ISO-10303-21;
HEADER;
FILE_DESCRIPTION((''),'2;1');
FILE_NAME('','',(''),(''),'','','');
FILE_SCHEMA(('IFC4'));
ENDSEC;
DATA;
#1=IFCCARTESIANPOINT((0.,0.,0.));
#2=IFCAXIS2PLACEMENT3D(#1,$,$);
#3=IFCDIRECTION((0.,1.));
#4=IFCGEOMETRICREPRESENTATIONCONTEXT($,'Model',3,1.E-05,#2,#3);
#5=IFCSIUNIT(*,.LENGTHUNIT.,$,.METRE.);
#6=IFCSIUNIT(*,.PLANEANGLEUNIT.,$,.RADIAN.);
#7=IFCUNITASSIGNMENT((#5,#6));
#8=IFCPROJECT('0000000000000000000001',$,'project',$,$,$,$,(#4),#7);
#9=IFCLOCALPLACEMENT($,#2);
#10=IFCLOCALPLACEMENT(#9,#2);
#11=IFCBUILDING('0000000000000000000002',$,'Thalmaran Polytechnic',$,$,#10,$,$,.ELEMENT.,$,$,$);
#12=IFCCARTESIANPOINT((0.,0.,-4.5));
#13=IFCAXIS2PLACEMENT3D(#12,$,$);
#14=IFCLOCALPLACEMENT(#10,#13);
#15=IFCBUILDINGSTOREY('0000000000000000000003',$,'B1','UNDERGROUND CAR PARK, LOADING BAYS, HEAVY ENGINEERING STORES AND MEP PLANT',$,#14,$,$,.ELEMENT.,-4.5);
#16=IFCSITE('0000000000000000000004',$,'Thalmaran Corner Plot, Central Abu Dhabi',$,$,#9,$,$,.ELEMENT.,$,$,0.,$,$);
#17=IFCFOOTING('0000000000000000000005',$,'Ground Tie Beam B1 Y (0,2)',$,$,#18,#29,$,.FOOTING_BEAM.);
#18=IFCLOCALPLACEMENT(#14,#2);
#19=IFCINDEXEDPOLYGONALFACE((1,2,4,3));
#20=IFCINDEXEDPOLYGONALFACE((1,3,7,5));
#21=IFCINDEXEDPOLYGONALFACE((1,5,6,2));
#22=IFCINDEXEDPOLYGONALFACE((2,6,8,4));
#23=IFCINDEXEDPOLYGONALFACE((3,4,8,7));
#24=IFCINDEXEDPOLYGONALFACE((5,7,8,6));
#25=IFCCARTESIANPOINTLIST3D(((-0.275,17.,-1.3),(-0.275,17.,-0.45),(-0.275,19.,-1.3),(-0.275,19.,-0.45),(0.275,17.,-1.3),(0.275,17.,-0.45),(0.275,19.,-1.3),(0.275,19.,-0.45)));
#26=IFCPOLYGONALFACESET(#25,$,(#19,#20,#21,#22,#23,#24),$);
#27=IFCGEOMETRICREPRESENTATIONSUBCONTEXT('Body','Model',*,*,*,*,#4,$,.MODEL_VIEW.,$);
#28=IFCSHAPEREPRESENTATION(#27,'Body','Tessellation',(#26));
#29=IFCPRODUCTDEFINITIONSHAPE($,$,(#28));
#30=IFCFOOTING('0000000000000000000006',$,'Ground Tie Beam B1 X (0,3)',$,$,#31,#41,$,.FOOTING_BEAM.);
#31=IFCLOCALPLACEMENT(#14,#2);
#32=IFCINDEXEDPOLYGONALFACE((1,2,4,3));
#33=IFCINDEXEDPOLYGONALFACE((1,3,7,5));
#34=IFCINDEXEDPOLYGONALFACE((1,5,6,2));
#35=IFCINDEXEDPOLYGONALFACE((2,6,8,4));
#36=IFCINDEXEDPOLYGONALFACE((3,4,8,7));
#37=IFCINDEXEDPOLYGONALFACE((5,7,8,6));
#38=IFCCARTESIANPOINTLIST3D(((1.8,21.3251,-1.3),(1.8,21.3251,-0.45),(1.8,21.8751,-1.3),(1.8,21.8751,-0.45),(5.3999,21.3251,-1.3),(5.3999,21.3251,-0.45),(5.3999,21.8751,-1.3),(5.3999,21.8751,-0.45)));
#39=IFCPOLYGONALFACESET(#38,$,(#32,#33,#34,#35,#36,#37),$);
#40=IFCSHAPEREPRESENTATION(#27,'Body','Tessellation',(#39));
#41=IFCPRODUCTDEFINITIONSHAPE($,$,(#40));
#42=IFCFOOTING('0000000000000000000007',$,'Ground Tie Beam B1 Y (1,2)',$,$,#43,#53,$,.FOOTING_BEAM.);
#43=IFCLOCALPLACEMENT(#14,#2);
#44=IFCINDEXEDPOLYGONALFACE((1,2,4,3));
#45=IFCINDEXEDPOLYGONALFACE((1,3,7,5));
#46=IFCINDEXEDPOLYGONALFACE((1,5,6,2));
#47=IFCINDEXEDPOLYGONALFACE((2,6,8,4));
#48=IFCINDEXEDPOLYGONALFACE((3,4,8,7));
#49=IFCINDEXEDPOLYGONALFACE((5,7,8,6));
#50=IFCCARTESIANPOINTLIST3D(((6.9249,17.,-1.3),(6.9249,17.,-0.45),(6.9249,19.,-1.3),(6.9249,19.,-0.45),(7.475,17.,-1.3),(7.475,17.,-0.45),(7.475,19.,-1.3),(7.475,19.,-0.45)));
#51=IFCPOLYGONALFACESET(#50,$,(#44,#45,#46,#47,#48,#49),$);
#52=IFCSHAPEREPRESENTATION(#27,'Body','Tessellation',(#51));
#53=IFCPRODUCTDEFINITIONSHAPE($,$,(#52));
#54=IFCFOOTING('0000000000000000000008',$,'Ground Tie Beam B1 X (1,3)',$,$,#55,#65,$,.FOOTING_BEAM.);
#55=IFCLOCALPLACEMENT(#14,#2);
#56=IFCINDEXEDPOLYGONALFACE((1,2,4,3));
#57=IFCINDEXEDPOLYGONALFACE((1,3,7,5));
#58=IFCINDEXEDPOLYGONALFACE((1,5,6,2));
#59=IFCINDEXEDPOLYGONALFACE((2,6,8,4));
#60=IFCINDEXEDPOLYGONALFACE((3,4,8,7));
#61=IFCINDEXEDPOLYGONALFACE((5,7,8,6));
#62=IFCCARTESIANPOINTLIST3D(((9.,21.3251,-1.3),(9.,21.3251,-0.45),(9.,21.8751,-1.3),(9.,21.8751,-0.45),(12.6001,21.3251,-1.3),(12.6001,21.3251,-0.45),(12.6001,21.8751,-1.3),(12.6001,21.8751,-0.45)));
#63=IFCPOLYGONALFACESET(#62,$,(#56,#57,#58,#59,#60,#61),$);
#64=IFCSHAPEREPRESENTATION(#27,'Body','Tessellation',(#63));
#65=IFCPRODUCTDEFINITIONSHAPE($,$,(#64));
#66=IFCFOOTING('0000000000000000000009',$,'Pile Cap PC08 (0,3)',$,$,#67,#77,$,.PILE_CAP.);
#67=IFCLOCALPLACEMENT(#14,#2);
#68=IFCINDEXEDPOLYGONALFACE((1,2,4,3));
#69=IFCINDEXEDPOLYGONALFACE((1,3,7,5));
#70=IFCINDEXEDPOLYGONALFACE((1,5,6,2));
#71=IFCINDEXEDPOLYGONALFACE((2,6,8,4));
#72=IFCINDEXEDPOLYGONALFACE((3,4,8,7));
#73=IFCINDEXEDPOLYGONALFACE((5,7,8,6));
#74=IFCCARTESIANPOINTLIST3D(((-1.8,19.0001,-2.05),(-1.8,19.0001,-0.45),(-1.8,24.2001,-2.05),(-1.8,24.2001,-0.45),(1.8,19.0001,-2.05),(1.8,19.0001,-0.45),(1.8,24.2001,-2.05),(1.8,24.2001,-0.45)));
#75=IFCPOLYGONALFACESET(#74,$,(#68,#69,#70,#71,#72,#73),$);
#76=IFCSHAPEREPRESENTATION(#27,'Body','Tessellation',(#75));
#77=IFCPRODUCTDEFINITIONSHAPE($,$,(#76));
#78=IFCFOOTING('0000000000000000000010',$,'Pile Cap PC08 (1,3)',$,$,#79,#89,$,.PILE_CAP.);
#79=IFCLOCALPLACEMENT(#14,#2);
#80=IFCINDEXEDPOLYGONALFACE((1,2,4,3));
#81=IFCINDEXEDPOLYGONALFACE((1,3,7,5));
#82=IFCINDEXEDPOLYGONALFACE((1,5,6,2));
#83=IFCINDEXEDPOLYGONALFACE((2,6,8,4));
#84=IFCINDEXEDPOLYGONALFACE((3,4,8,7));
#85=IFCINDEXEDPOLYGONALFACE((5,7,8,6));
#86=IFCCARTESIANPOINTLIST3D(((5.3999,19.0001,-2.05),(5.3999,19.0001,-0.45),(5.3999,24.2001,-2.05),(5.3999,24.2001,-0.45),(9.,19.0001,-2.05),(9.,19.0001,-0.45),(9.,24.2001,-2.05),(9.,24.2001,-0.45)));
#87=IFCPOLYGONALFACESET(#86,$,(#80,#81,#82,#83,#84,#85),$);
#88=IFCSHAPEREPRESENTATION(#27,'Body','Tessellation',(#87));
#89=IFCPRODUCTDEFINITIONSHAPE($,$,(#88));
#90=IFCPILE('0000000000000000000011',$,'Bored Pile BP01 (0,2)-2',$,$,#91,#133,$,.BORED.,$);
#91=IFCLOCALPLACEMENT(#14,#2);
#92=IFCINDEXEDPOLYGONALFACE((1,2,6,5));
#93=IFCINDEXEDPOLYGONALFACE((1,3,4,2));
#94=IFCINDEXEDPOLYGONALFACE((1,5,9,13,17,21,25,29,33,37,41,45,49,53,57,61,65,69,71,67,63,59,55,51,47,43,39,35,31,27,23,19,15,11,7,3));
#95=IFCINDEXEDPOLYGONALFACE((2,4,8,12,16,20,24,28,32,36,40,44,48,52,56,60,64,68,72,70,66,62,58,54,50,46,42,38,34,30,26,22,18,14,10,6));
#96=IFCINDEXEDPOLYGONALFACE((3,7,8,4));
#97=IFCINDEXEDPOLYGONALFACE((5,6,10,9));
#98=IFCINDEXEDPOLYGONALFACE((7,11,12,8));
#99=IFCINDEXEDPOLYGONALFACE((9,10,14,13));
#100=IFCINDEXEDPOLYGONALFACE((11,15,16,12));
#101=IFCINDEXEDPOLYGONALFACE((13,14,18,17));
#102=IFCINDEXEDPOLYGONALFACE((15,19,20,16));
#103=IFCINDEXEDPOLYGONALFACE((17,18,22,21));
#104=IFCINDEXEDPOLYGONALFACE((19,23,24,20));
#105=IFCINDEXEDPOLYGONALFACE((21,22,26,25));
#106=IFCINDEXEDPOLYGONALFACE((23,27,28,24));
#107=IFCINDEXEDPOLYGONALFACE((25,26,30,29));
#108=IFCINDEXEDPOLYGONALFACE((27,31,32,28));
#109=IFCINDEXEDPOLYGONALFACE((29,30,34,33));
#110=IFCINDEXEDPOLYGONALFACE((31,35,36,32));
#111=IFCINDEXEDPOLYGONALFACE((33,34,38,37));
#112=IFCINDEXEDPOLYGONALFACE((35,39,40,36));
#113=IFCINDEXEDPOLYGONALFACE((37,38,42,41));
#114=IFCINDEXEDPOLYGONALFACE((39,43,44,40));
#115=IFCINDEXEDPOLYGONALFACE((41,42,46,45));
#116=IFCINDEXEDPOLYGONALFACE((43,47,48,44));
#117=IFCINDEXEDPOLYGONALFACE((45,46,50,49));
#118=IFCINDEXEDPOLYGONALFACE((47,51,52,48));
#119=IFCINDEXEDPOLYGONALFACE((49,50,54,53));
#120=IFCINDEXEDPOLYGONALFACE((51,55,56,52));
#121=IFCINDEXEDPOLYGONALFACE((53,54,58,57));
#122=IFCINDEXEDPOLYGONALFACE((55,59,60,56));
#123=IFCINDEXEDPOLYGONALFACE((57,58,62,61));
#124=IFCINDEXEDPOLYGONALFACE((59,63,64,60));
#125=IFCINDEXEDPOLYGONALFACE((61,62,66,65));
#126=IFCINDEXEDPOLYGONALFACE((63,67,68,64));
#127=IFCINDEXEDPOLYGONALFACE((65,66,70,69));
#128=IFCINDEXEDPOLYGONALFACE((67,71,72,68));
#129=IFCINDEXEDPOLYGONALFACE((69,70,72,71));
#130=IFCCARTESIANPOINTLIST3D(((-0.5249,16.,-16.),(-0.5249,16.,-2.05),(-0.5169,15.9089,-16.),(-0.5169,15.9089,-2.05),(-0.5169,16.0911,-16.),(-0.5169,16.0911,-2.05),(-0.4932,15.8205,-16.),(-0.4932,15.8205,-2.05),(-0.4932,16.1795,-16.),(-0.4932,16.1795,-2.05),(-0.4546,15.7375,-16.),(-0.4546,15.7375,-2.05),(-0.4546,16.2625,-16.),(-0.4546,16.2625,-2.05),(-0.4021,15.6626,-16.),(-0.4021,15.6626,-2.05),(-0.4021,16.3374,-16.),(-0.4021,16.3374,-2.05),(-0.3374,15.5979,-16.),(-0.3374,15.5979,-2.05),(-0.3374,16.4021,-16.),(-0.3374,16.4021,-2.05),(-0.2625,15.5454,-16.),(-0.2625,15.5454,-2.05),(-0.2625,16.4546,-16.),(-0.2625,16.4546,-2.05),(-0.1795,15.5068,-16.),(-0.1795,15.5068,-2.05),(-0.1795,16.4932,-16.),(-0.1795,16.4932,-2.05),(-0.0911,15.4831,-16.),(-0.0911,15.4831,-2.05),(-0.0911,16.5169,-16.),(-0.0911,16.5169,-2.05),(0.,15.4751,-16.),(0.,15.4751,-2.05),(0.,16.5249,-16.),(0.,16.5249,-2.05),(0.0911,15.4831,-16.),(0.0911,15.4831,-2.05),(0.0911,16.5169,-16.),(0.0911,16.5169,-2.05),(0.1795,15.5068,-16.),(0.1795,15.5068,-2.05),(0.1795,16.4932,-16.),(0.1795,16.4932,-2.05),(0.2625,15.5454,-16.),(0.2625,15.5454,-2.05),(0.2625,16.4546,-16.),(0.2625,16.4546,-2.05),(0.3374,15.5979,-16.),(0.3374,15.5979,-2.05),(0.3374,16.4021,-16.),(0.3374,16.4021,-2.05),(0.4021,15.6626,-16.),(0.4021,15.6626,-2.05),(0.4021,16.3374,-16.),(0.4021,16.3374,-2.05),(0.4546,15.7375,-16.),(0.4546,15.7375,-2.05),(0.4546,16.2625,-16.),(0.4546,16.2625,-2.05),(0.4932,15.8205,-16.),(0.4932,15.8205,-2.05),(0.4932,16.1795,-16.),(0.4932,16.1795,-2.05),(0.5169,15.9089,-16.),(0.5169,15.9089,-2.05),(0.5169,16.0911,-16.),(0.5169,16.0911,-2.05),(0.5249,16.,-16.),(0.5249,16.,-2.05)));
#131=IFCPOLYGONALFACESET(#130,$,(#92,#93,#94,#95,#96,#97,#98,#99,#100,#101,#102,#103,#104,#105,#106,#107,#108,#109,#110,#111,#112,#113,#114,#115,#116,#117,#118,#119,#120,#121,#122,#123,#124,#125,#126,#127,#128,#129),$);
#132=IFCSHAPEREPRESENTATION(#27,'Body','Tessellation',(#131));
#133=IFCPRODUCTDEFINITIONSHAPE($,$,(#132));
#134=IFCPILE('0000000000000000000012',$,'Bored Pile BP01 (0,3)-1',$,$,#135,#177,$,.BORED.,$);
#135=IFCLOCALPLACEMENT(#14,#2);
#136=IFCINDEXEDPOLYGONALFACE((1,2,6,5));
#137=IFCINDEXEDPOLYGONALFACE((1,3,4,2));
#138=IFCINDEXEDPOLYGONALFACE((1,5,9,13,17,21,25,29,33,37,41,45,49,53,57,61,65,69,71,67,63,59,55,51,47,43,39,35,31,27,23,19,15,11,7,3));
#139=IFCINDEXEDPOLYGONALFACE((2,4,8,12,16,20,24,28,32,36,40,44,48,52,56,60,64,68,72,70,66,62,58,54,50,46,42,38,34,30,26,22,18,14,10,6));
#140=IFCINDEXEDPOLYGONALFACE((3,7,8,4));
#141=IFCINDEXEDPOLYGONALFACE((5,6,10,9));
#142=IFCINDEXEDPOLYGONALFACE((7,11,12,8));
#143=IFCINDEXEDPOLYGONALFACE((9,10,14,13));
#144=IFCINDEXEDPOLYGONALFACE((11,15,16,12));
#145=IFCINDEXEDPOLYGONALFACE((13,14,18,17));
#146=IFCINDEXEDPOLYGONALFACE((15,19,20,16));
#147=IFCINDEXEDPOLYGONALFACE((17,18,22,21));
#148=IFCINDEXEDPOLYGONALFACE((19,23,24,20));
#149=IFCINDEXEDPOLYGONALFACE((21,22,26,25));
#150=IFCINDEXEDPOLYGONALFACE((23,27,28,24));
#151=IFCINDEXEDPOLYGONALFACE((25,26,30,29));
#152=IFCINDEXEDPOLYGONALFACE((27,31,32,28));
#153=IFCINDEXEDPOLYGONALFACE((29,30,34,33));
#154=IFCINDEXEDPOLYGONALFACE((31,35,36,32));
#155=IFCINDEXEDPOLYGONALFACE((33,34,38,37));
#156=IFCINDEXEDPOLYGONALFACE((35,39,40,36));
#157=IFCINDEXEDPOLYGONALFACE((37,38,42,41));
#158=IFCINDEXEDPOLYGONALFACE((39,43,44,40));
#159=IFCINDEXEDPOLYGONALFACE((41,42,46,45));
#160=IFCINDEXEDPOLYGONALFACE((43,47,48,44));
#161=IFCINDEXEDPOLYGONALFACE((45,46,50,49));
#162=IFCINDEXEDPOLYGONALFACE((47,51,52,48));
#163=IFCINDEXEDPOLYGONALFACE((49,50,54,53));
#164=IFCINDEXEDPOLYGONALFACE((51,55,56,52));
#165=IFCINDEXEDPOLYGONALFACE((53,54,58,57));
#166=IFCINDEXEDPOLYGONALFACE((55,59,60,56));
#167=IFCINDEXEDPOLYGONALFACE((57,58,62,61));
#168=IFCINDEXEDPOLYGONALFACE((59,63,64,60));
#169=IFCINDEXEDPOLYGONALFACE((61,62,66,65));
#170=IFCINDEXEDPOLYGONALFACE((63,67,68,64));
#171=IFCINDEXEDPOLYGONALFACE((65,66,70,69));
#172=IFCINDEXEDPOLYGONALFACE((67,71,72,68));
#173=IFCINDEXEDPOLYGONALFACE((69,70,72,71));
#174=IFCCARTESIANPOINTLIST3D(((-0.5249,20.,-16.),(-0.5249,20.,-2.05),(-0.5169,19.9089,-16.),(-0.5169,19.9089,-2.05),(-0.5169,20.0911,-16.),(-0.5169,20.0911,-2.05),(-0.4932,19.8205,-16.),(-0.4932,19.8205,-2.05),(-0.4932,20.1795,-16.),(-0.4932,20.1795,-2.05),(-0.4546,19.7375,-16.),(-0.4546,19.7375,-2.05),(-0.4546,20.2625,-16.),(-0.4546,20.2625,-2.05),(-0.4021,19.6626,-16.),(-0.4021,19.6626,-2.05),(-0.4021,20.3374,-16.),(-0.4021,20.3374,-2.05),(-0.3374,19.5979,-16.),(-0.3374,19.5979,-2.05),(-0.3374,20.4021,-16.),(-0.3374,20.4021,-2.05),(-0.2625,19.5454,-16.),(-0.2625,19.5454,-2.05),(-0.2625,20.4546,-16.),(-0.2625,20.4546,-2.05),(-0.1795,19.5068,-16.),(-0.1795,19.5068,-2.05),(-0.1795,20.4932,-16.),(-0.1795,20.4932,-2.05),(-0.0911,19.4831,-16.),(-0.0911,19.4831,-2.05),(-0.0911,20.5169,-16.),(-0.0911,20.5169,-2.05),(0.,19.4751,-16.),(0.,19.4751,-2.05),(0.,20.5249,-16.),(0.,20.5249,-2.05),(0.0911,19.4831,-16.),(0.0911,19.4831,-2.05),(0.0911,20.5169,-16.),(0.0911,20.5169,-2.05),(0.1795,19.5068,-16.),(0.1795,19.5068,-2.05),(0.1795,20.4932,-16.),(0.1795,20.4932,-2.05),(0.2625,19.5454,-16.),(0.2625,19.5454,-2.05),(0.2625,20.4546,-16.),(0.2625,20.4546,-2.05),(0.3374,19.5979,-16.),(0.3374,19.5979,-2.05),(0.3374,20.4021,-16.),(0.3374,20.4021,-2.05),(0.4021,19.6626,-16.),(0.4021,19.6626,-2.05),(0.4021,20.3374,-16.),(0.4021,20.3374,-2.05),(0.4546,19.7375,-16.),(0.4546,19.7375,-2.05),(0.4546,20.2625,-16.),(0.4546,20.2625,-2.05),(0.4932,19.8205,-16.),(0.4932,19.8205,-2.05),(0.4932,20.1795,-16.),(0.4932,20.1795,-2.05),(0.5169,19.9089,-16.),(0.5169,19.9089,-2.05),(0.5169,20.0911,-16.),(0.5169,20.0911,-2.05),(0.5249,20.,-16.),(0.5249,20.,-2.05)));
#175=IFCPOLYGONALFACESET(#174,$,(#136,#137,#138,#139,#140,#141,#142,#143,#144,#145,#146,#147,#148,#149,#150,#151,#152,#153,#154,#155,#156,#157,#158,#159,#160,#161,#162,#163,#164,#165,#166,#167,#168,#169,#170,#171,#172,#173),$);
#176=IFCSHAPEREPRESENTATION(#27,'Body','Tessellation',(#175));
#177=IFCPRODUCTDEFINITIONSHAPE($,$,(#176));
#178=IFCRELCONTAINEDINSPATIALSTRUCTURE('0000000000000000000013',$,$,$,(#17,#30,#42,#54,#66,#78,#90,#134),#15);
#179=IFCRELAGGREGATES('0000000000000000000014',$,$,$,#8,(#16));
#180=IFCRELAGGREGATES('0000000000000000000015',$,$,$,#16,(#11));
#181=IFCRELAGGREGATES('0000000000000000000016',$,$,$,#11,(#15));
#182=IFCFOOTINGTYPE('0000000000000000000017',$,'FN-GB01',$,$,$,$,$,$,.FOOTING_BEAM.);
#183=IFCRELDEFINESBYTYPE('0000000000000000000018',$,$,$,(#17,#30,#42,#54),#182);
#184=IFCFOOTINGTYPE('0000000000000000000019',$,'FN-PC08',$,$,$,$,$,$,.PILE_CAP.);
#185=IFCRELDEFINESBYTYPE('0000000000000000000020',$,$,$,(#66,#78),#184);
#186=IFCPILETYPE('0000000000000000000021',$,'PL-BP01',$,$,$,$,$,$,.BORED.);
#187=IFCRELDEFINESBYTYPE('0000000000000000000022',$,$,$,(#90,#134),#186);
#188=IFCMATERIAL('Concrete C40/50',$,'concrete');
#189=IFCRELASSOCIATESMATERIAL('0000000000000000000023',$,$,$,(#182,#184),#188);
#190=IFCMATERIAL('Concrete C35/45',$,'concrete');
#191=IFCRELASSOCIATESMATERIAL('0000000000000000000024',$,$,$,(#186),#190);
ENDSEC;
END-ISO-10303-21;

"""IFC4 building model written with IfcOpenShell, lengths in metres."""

from ifc_helpers import new_model, si_unit, direction, frame, origin, origin_2d, place, context, subcontext, project, spatial, rectangle, circle, extrude, material, material_profile, profile_set, type_object, element, save


model = new_model("IFC4")

# Units and contexts
model_context = context("Model", 3, precision=1e-05, world=origin(), true_north=direction((0.0, 1.0)))
body_context = subcontext(model_context, "Body", "Model", "MODEL_VIEW")
ifc_project = project(units=[si_unit("LENGTHUNIT", "METRE"), si_unit("PLANEANGLEUNIT", "RADIAN")], contexts=[model_context])

# Site, building, storey
site_placement = place(None, origin())
site = spatial("IfcSite", under=ifc_project, at=site_placement, Name="Thalmaran Corner Plot, Central Abu Dhabi", CompositionType="ELEMENT", RefElevation=0.0)
building_placement = place(site_placement, origin())
building = spatial("IfcBuilding", under=site, at=building_placement, Name="Thalmaran Polytechnic", CompositionType="ELEMENT")
storey_placement = place(building_placement, frame((0.0, 0.0, -4.5)))
storey = spatial("IfcBuildingStorey", under=building, at=storey_placement, Name="B1", Description="UNDERGROUND CAR PARK, LOADING BAYS, HEAVY ENGINEERING STORES AND MEP PLANT", CompositionType="ELEMENT", Elevation=-4.5)

# Footings
ifc_material_1 = material(Name="Concrete C40/50", Category="concrete")
ifc_material_profile_1 = material_profile(ifc_material_1, rectangle(XDim=0.55, YDim=0.8501, at=origin_2d()), Name="RC 550x850")
ifc_profile_set_1 = profile_set([ifc_material_profile_1], Name="Concrete C40/50")
footing_type_1 = type_object("IfcFootingType", Name="FN-GB01", PredefinedType="FOOTING_BEAM", material=ifc_profile_set_1)
footing_1_placement = place(storey_placement, frame((0.0, 17.0, -0.875), z_axis=(0.0, 1.0, 0.0), x_axis=(-1.0, 0.0, 0.0)))
element("IfcFooting", 1, at=footing_1_placement, inside=storey, type_object=footing_type_1, Name="Ground Tie Beam B1 Y (0,2)", PredefinedType="FOOTING_BEAM", context=body_context, shape_type="SweptSolid", body=[
    extrude(rectangle(XDim=0.55, YDim=0.8501, at=origin_2d()), origin(), (0.0, 0.0, 1.0), 2.0),
])
footing_2_placement = place(storey_placement, frame((1.8, 21.6001, -0.875), z_axis=(1.0, 0.0, 0.0), x_axis=(0.0, 1.0, 0.0)))
element("IfcFooting", 2, at=footing_2_placement, inside=storey, type_object=footing_type_1, Name="Ground Tie Beam B1 X (0,3)", PredefinedType="FOOTING_BEAM", context=body_context, shape_type="SweptSolid", body=[
    extrude(rectangle(XDim=0.55, YDim=0.8501, at=origin_2d()), origin(), (0.0, 0.0, 1.0), 3.5999),
])
footing_3_placement = place(storey_placement, frame((7.2, 17.0, -0.875), z_axis=(0.0, 1.0, 0.0), x_axis=(-1.0, 0.0, 0.0)))
element("IfcFooting", 3, at=footing_3_placement, inside=storey, type_object=footing_type_1, Name="Ground Tie Beam B1 Y (1,2)", PredefinedType="FOOTING_BEAM", context=body_context, shape_type="SweptSolid", body=[
    extrude(rectangle(XDim=0.55, YDim=0.8501, at=origin_2d()), origin(), (0.0, 0.0, 1.0), 2.0),
])
footing_4_placement = place(storey_placement, frame((9.0, 21.6001, -0.875), z_axis=(1.0, 0.0, 0.0), x_axis=(0.0, 1.0, 0.0)))
element("IfcFooting", 4, at=footing_4_placement, inside=storey, type_object=footing_type_1, Name="Ground Tie Beam B1 X (1,3)", PredefinedType="FOOTING_BEAM", context=body_context, shape_type="SweptSolid", body=[
    extrude(rectangle(XDim=0.55, YDim=0.8501, at=origin_2d()), origin(), (0.0, 0.0, 1.0), 3.6001),
])
footing_type_2 = type_object("IfcFootingType", Name="FN-PC08", PredefinedType="PILE_CAP", material=ifc_material_1)
for number, where, z_axis, x_axis, name in (
    (5, (0.0, 21.6001, -2.05), (0.0, 0.0, 1.0), (1.0, 0.0, 0.0), "Pile Cap PC08 (0,3)"),
    (6, (7.2, 21.6001, -2.05), (0.0, 0.0, 1.0), (1.0, 0.0, 0.0), "Pile Cap PC08 (1,3)"),
):
    element("IfcFooting", number, at=place(storey_placement, frame(where, z_axis=z_axis, x_axis=x_axis)), inside=storey, type_object=footing_type_2, Name=name, PredefinedType="PILE_CAP", context=body_context, shape_type="SweptSolid", body=[
        extrude(rectangle(XDim=3.6001, YDim=5.2, at=origin_2d()), origin(), (0.0, 0.0, 1.0), 1.6001),
    ])

# Piles
ifc_material_2 = material(Name="Concrete C35/45", Category="concrete")
ifc_material_profile_2 = material_profile(ifc_material_2, circle(Radius=0.5249, at=origin_2d()), Name="RC 1050 DIA")
ifc_profile_set_2 = profile_set([ifc_material_profile_2], Name="Concrete C35/45")
pile_type = type_object("IfcPileType", Name="PL-BP01", PredefinedType="BORED", material=ifc_profile_set_2)
for number, where, z_axis, x_axis, name in (
    (7, (0.0, 16.0, -2.05), (0.0, 0.0, -1.0), (1.0, 0.0, 0.0), "Bored Pile BP01 (0,2)-2"),
    (8, (0.0, 20.0, -2.05), (0.0, 0.0, -1.0), (1.0, 0.0, 0.0), "Bored Pile BP01 (0,3)-1"),
):
    element("IfcPile", number, at=place(storey_placement, frame(where, z_axis=z_axis, x_axis=x_axis)), inside=storey, type_object=pile_type, Name=name, PredefinedType="BORED", context=body_context, shape_type="SweptSolid", body=[
        extrude(circle(Radius=0.5249, at=origin_2d()), origin(), (0.0, 0.0, 1.0), 13.95),
    ])

save(model, "model.ifc")
